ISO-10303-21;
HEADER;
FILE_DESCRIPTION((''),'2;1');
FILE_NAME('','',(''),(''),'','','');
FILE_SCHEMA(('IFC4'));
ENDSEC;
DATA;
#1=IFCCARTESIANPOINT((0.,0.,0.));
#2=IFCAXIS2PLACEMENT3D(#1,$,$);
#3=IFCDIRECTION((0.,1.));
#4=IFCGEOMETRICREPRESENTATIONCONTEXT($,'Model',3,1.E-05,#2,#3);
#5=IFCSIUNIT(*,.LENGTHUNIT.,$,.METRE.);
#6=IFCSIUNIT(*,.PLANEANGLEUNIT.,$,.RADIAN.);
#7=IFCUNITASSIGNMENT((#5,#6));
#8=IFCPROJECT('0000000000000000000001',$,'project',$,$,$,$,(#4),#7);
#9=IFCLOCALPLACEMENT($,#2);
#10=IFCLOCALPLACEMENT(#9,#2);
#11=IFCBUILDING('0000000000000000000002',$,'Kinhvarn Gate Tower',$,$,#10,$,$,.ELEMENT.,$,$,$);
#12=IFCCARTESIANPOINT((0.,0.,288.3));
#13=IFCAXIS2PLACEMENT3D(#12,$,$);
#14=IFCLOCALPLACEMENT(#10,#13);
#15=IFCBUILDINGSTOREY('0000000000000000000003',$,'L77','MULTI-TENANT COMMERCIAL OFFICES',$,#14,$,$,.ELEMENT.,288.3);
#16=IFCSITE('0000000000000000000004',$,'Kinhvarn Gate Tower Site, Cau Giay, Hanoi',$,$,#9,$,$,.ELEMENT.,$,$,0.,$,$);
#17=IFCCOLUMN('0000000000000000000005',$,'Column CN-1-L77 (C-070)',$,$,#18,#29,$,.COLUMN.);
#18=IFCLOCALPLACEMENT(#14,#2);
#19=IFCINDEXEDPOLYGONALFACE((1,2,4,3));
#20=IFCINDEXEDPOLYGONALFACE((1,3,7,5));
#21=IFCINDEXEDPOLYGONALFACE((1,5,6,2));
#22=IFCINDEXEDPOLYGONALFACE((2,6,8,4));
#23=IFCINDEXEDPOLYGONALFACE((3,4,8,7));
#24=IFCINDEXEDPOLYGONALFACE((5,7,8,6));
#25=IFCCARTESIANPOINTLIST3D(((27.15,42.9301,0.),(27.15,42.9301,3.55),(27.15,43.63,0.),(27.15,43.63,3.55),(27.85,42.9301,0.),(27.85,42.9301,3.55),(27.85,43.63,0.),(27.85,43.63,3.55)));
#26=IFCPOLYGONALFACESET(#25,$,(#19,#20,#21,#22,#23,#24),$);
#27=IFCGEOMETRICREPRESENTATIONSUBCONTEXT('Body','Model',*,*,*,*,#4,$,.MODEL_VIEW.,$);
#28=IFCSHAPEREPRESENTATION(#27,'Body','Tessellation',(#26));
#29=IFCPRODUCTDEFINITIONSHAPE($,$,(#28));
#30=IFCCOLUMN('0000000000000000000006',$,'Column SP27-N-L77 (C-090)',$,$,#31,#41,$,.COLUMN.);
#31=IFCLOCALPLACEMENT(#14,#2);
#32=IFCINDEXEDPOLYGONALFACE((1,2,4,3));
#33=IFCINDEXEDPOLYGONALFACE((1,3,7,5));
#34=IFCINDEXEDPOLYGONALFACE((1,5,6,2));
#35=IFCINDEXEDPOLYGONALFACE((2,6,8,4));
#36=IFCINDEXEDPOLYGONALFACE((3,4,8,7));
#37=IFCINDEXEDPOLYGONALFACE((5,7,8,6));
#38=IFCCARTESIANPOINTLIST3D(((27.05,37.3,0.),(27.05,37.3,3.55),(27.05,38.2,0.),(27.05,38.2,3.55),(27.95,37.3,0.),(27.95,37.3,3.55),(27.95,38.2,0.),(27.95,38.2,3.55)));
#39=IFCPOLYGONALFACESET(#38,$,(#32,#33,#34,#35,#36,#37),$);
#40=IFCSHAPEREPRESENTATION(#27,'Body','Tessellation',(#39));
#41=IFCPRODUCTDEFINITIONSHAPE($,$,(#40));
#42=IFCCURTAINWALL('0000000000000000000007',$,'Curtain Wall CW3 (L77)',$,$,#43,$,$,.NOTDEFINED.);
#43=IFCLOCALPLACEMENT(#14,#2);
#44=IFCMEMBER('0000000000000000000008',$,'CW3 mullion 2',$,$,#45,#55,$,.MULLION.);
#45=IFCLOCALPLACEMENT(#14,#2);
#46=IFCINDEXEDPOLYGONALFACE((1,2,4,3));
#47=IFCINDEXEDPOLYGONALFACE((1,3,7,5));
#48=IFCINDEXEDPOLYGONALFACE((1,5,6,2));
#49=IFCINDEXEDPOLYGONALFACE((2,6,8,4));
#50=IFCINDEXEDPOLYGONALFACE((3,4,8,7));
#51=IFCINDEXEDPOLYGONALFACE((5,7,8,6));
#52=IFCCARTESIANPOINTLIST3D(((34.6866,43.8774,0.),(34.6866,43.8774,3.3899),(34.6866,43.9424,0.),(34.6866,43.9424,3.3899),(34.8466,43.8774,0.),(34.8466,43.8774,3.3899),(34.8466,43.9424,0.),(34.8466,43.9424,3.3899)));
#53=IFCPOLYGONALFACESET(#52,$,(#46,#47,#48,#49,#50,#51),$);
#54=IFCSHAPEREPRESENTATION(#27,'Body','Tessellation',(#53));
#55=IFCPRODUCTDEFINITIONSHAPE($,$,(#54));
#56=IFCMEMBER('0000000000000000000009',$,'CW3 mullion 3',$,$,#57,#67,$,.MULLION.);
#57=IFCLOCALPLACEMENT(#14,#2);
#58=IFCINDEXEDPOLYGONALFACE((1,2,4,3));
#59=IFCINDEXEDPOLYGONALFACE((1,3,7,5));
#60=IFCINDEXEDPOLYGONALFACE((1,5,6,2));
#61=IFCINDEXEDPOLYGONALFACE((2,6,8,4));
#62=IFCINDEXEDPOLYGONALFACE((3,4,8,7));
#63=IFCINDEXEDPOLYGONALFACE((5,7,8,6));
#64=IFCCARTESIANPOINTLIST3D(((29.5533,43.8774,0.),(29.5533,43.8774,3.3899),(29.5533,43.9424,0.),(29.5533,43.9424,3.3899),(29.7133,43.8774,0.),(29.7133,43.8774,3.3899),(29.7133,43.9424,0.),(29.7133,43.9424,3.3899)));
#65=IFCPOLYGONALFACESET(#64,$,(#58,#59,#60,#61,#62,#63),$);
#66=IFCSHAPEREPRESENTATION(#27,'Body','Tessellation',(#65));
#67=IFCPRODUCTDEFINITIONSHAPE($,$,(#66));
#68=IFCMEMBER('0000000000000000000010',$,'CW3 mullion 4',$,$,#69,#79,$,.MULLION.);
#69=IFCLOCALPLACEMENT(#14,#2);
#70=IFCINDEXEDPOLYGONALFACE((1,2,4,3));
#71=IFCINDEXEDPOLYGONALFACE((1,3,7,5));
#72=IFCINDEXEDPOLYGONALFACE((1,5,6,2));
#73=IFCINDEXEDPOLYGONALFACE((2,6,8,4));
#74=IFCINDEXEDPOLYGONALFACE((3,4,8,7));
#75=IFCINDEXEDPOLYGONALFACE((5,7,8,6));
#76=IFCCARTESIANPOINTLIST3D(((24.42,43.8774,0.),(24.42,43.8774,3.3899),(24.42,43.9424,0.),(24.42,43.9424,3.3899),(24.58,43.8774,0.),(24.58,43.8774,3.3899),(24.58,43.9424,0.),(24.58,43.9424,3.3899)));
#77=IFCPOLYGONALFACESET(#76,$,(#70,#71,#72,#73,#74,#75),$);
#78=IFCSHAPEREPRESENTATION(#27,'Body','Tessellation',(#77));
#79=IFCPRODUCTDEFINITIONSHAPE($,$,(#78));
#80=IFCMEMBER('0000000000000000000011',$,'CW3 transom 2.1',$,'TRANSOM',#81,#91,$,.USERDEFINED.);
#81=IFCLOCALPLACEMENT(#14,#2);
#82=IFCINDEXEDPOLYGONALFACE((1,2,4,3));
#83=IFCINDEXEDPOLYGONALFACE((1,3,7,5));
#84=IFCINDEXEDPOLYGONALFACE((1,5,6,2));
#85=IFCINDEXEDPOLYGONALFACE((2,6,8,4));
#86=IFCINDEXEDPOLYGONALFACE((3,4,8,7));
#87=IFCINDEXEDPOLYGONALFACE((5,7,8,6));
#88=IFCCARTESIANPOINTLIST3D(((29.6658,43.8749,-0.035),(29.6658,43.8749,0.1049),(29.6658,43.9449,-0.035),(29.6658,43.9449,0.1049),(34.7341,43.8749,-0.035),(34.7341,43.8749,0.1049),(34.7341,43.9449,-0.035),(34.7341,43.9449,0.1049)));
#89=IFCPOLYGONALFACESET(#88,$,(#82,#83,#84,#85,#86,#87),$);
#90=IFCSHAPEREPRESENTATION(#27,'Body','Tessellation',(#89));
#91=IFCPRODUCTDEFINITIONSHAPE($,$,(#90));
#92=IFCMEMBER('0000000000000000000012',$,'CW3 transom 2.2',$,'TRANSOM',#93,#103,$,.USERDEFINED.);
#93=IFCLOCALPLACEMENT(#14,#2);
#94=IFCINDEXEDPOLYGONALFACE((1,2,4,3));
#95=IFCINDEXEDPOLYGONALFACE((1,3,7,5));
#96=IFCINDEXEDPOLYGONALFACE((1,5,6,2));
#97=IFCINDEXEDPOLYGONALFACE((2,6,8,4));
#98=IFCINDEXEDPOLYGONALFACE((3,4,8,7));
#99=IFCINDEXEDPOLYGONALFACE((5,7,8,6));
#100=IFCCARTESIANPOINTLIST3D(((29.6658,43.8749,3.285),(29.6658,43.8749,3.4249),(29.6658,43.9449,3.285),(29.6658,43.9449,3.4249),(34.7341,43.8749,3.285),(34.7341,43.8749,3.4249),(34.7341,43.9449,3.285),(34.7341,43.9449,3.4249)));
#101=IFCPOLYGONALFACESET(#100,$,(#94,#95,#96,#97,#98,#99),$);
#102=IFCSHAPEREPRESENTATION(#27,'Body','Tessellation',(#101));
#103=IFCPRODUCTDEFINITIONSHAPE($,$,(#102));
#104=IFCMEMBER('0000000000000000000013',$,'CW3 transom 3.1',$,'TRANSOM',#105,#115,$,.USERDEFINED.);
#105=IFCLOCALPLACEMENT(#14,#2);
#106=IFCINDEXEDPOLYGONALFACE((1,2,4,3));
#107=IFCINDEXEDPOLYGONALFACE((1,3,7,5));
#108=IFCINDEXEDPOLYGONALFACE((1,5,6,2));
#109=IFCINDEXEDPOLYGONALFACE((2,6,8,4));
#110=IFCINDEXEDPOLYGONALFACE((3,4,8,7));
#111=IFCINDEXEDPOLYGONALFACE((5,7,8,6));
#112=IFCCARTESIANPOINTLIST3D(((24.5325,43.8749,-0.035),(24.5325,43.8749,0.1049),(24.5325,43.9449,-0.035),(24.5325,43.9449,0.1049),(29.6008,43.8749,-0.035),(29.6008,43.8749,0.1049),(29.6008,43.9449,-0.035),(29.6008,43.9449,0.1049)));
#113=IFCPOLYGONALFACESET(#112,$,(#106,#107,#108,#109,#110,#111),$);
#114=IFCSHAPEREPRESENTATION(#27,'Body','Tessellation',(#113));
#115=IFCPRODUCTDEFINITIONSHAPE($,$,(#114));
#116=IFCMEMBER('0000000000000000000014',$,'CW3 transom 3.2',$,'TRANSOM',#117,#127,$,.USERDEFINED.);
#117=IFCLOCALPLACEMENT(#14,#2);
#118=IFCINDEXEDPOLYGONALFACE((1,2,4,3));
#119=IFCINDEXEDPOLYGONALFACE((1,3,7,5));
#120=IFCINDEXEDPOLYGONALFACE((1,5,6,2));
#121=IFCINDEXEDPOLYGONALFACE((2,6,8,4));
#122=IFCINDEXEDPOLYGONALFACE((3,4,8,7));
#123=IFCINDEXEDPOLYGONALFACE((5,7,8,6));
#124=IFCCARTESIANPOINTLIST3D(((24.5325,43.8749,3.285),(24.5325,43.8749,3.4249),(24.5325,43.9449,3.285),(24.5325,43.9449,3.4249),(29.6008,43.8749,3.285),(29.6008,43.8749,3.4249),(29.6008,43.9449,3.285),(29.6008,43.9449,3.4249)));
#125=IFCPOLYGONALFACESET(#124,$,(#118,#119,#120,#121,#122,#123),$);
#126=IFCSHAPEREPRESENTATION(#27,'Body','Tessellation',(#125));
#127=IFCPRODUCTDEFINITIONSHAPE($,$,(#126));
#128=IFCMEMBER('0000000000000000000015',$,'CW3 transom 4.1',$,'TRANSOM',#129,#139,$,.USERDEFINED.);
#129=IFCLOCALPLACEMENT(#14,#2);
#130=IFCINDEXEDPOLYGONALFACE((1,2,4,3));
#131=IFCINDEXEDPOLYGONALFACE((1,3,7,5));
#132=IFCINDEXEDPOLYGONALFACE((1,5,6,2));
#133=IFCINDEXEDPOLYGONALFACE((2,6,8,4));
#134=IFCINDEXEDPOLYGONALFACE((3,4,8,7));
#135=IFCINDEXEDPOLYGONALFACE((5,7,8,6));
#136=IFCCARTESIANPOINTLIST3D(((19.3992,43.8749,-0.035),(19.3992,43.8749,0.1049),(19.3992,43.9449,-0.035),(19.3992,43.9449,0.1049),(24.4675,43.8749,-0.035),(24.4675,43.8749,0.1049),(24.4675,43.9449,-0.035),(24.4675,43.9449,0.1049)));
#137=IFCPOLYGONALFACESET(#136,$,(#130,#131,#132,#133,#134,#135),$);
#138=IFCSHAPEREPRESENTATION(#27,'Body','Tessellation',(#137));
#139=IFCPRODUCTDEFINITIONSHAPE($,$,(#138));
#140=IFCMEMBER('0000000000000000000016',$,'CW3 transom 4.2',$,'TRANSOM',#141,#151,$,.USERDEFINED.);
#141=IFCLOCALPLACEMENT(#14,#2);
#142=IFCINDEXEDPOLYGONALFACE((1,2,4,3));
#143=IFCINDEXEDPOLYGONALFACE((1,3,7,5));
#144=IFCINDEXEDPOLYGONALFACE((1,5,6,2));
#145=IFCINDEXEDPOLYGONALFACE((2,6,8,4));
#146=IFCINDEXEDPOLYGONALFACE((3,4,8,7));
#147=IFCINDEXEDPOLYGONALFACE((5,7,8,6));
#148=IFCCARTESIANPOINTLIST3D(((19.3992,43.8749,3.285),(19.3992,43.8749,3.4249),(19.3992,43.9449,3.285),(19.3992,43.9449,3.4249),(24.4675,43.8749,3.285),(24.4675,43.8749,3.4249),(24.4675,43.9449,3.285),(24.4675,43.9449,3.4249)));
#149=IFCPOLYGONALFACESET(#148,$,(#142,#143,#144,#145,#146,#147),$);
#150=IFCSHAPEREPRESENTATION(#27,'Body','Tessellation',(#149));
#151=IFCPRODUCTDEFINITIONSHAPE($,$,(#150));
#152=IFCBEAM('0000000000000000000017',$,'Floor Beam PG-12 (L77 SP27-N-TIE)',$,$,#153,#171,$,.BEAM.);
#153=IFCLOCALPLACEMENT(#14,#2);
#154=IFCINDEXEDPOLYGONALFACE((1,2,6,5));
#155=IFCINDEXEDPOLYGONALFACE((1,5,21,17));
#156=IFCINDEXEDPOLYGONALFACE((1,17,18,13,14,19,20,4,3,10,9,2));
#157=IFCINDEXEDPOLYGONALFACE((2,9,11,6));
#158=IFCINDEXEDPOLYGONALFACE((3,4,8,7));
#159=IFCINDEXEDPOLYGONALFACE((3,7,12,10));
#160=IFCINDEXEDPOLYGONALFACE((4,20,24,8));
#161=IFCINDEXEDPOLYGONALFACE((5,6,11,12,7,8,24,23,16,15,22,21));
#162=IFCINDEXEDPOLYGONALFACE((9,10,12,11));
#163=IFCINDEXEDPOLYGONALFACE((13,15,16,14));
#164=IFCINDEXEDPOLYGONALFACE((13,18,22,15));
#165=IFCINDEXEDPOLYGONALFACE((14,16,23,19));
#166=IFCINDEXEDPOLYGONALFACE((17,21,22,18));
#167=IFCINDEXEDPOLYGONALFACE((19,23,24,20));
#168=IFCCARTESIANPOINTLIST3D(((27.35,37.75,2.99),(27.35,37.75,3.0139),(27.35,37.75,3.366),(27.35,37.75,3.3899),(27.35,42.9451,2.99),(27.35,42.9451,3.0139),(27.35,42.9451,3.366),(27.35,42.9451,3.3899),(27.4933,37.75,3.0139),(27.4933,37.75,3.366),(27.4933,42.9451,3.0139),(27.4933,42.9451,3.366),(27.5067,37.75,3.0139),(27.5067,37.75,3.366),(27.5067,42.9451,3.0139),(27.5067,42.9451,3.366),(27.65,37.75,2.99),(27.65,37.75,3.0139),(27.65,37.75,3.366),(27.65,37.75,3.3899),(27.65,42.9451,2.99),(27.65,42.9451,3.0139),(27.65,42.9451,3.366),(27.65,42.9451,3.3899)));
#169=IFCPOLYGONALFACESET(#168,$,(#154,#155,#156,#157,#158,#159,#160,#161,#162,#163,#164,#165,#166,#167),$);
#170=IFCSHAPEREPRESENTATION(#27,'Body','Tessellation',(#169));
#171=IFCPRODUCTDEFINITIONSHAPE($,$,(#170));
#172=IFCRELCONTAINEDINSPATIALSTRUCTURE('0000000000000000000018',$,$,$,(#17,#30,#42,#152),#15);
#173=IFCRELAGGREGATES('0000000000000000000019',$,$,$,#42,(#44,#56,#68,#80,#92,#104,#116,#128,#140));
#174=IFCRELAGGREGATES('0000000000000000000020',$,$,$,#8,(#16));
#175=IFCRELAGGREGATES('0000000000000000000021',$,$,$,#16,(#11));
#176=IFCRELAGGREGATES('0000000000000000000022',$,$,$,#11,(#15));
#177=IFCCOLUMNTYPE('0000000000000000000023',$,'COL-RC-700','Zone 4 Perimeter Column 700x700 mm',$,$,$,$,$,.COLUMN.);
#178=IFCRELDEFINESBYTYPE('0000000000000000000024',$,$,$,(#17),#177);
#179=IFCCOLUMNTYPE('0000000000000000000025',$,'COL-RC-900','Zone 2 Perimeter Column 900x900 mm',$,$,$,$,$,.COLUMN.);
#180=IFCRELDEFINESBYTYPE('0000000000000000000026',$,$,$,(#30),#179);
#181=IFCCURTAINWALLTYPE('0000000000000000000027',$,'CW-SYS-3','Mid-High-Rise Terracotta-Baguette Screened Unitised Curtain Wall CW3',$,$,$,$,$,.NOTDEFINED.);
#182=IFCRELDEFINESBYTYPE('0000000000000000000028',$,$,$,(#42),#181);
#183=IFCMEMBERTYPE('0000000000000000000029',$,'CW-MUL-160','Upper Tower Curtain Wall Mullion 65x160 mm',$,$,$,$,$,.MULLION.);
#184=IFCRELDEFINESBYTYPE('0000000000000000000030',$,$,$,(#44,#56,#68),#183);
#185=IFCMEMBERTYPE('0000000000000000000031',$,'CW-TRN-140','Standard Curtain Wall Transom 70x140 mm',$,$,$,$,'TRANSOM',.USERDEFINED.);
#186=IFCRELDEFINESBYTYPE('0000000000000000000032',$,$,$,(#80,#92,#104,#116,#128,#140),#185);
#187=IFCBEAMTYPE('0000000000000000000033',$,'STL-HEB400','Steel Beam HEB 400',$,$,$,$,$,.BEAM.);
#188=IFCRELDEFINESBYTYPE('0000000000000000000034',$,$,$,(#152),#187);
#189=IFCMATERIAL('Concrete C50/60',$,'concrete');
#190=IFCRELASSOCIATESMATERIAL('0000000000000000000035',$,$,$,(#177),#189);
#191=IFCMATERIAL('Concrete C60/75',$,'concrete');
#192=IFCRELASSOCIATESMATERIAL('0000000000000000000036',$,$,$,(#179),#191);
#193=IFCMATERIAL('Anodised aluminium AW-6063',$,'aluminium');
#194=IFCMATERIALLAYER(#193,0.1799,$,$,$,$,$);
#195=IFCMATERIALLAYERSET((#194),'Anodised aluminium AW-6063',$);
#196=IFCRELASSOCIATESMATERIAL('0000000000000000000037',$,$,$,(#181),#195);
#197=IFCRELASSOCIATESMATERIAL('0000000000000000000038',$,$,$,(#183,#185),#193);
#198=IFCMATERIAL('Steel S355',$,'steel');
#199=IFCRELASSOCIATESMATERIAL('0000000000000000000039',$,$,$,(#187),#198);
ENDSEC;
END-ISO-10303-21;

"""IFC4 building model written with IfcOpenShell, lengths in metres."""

from ifc_helpers import new_model, si_unit, direction, frame, origin, origin_2d, place, context, subcontext, project, spatial, rectangle, i_section, extrude, material, layer, layer_set, material_profile, profile_set, type_object, element, aggregate, save


model = new_model("IFC4")

# Units and contexts
model_context = context("Model", 3, precision=1e-05, world=origin(), true_north=direction((0.0, 1.0)))
body_context = subcontext(model_context, "Body", "Model", "MODEL_VIEW")
ifc_project = project(units=[si_unit("LENGTHUNIT", "METRE"), si_unit("PLANEANGLEUNIT", "RADIAN")], contexts=[model_context])

# Site, building, storey
site_placement = place(None, origin())
site = spatial("IfcSite", under=ifc_project, at=site_placement, Name="Kinhvarn Gate Tower Site, Cau Giay, Hanoi", CompositionType="ELEMENT", RefElevation=0.0)
building_placement = place(site_placement, origin())
building = spatial("IfcBuilding", under=site, at=building_placement, Name="Kinhvarn Gate Tower", CompositionType="ELEMENT")
storey_placement = place(building_placement, frame((0.0, 0.0, 288.3)))
storey = spatial("IfcBuildingStorey", under=building, at=storey_placement, Name="L77", Description="MULTI-TENANT COMMERCIAL OFFICES", CompositionType="ELEMENT", Elevation=288.3)

# Columns
ifc_material_1 = material(Name="Concrete C50/60", Category="concrete")
ifc_material_profile_1 = material_profile(ifc_material_1, rectangle(XDim=0.7, YDim=0.7, at=origin_2d()), Name="RC 700x700")
ifc_profile_set_1 = profile_set([ifc_material_profile_1], Name="Concrete C50/60")
column_type_1 = type_object("IfcColumnType", Name="COL-RC-700", Description="Zone 4 Perimeter Column 700x700 mm", PredefinedType="COLUMN", material=ifc_profile_set_1)
column_1_placement = place(storey_placement, frame((27.5, 43.28, 0.0), z_axis=(0.0, 0.0, 1.0), x_axis=(1.0, 0.0, 0.0)))
element("IfcColumn", 1, at=column_1_placement, inside=storey, type_object=column_type_1, Name="Column CN-1-L77 (C-070)", PredefinedType="COLUMN", context=body_context, shape_type="SweptSolid", body=[
    extrude(rectangle(XDim=0.7, YDim=0.7, at=origin_2d()), origin(), (0.0, 0.0, 1.0), 3.55),
])
ifc_material_2 = material(Name="Concrete C60/75", Category="concrete")
ifc_material_profile_2 = material_profile(ifc_material_2, rectangle(XDim=0.8999, YDim=0.8999, at=origin_2d()), Name="RC 900x900")
ifc_profile_set_2 = profile_set([ifc_material_profile_2], Name="Concrete C60/75")
column_type_2 = type_object("IfcColumnType", Name="COL-RC-900", Description="Zone 2 Perimeter Column 900x900 mm", PredefinedType="COLUMN", material=ifc_profile_set_2)
column_2_placement = place(storey_placement, frame((27.5, 37.75, 0.0), z_axis=(0.0, 0.0, 1.0), x_axis=(1.0, 0.0, 0.0)))
element("IfcColumn", 2, at=column_2_placement, inside=storey, type_object=column_type_2, Name="Column SP27-N-L77 (C-090)", PredefinedType="COLUMN", context=body_context, shape_type="SweptSolid", body=[
    extrude(rectangle(XDim=0.8999, YDim=0.8999, at=origin_2d()), origin(), (0.0, 0.0, 1.0), 3.55),
])

# Curtain wall, members
ifc_material_3 = material(Name="Anodised aluminium AW-6063", Category="aluminium")
ifc_layer_1 = layer(ifc_material_3, 0.1799)
ifc_layer_set_1 = layer_set([ifc_layer_1], Name="Anodised aluminium AW-6063")
curtain_wall_type = type_object("IfcCurtainWallType", Name="CW-SYS-3", Description="Mid-High-Rise Terracotta-Baguette Screened Unitised Curtain Wall CW3", PredefinedType="NOTDEFINED", material=ifc_layer_set_1)
curtain_wall_placement = place(storey_placement, origin())
curtain_wall = element("IfcCurtainWall", 3, at=curtain_wall_placement, inside=storey, type_object=curtain_wall_type, Name="Curtain Wall CW3 (L77)", PredefinedType="NOTDEFINED")
ifc_material_profile_3 = material_profile(ifc_material_3, rectangle(XDim=0.0649, YDim=0.1599, at=origin_2d()), Name="ALU 65x160")
ifc_profile_set_3 = profile_set([ifc_material_profile_3], Name="Anodised aluminium AW-6063")
member_type_1 = type_object("IfcMemberType", Name="CW-MUL-160", Description="Upper Tower Curtain Wall Mullion 65x160 mm", PredefinedType="MULLION", material=ifc_profile_set_3)
member_1_placement = place(storey_placement, frame((34.7666, 43.9099, 0.0), z_axis=(0.0, 0.0, 1.0), x_axis=(0.0, -1.0, 0.0)))
member_1 = element("IfcMember", 4, at=member_1_placement, type_object=member_type_1, Name="CW3 mullion 2", PredefinedType="MULLION", context=body_context, shape_type="SweptSolid", body=[
    extrude(rectangle(XDim=0.0649, YDim=0.1599, at=origin_2d()), origin(), (0.0, 0.0, 1.0), 3.3899),
])
member_2_placement = place(storey_placement, frame((29.6333, 43.9099, 0.0), z_axis=(0.0, 0.0, 1.0), x_axis=(0.0, -1.0, 0.0)))
member_2 = element("IfcMember", 5, at=member_2_placement, type_object=member_type_1, Name="CW3 mullion 3", PredefinedType="MULLION", context=body_context, shape_type="SweptSolid", body=[
    extrude(rectangle(XDim=0.0649, YDim=0.1599, at=origin_2d()), origin(), (0.0, 0.0, 1.0), 3.3899),
])
member_3_placement = place(storey_placement, frame((24.5, 43.9099, 0.0), z_axis=(0.0, 0.0, 1.0), x_axis=(0.0, -1.0, 0.0)))
member_3 = element("IfcMember", 6, at=member_3_placement, type_object=member_type_1, Name="CW3 mullion 4", PredefinedType="MULLION", context=body_context, shape_type="SweptSolid", body=[
    extrude(rectangle(XDim=0.0649, YDim=0.1599, at=origin_2d()), origin(), (0.0, 0.0, 1.0), 3.3899),
])
ifc_material_profile_4 = material_profile(ifc_material_3, rectangle(XDim=0.0701, YDim=0.1399, at=origin_2d()), Name="ALU 70x140")
ifc_profile_set_4 = profile_set([ifc_material_profile_4], Name="Anodised aluminium AW-6063")
member_type_2 = type_object("IfcMemberType", Name="CW-TRN-140", Description="Standard Curtain Wall Transom 70x140 mm", ElementType="TRANSOM", PredefinedType="USERDEFINED", material=ifc_profile_set_4)
member_4_placement = place(storey_placement, frame((34.7341, 43.9099, 0.0349), z_axis=(-1.0, 0.0, 0.0), x_axis=(0.0, -1.0, 0.0)))
member_4 = element("IfcMember", 7, at=member_4_placement, type_object=member_type_2, Name="CW3 transom 2.1", ObjectType="TRANSOM", PredefinedType="USERDEFINED", context=body_context, shape_type="SweptSolid", body=[
    extrude(rectangle(XDim=0.0701, YDim=0.1399, at=origin_2d()), origin(), (0.0, 0.0, 1.0), 5.0684),
])
member_5_placement = place(storey_placement, frame((34.7341, 43.9099, 3.355), z_axis=(-1.0, 0.0, 0.0), x_axis=(0.0, -1.0, 0.0)))
member_5 = element("IfcMember", 8, at=member_5_placement, type_object=member_type_2, Name="CW3 transom 2.2", ObjectType="TRANSOM", PredefinedType="USERDEFINED", context=body_context, shape_type="SweptSolid", body=[
    extrude(rectangle(XDim=0.0701, YDim=0.1399, at=origin_2d()), origin(), (0.0, 0.0, 1.0), 5.0684),
])
member_6_placement = place(storey_placement, frame((29.6008, 43.9099, 0.0349), z_axis=(-1.0, 0.0, 0.0), x_axis=(0.0, -1.0, 0.0)))
member_6 = element("IfcMember", 9, at=member_6_placement, type_object=member_type_2, Name="CW3 transom 3.1", ObjectType="TRANSOM", PredefinedType="USERDEFINED", context=body_context, shape_type="SweptSolid", body=[
    extrude(rectangle(XDim=0.0701, YDim=0.1399, at=origin_2d()), origin(), (0.0, 0.0, 1.0), 5.0684),
])
member_7_placement = place(storey_placement, frame((29.6008, 43.9099, 3.355), z_axis=(-1.0, 0.0, 0.0), x_axis=(0.0, -1.0, 0.0)))
member_7 = element("IfcMember", 10, at=member_7_placement, type_object=member_type_2, Name="CW3 transom 3.2", ObjectType="TRANSOM", PredefinedType="USERDEFINED", context=body_context, shape_type="SweptSolid", body=[
    extrude(rectangle(XDim=0.0701, YDim=0.1399, at=origin_2d()), origin(), (0.0, 0.0, 1.0), 5.0684),
])
member_8_placement = place(storey_placement, frame((24.4675, 43.9099, 0.0349), z_axis=(-1.0, 0.0, 0.0), x_axis=(0.0, -1.0, 0.0)))
member_8 = element("IfcMember", 11, at=member_8_placement, type_object=member_type_2, Name="CW3 transom 4.1", ObjectType="TRANSOM", PredefinedType="USERDEFINED", context=body_context, shape_type="SweptSolid", body=[
    extrude(rectangle(XDim=0.0701, YDim=0.1399, at=origin_2d()), origin(), (0.0, 0.0, 1.0), 5.0684),
])
member_9_placement = place(storey_placement, frame((24.4675, 43.9099, 3.355), z_axis=(-1.0, 0.0, 0.0), x_axis=(0.0, -1.0, 0.0)))
member_9 = element("IfcMember", 12, at=member_9_placement, type_object=member_type_2, Name="CW3 transom 4.2", ObjectType="TRANSOM", PredefinedType="USERDEFINED", context=body_context, shape_type="SweptSolid", body=[
    extrude(rectangle(XDim=0.0701, YDim=0.1399, at=origin_2d()), origin(), (0.0, 0.0, 1.0), 5.0684),
])

# Beam
ifc_material_4 = material(Name="Steel S355", Category="steel")
ifc_material_profile_5 = material_profile(ifc_material_4, i_section(OverallWidth=0.3, OverallDepth=0.3999, WebThickness=0.0134, FlangeThickness=0.0239, at=origin_2d()), Name="HEB 400")
ifc_profile_set_5 = profile_set([ifc_material_profile_5], Name="Steel S355")
beam_type_1 = type_object("IfcBeamType", Name="STL-HEB400", Description="Steel Beam HEB 400", PredefinedType="BEAM", material=ifc_profile_set_5)
beam_1_placement = place(storey_placement, frame((27.5, 37.75, 3.1899), z_axis=(0.0, 1.0, 0.0), x_axis=(-1.0, 0.0, 0.0)))
element("IfcBeam", 13, at=beam_1_placement, inside=storey, type_object=beam_type_1, Name="Floor Beam PG-12 (L77 SP27-N-TIE)", PredefinedType="BEAM", context=body_context, shape_type="SweptSolid", body=[
    extrude(i_section(OverallWidth=0.3, OverallDepth=0.3999, WebThickness=0.0134, FlangeThickness=0.0239, at=origin_2d()), origin(), (0.0, 0.0, 1.0), 5.1951),
])

aggregate(curtain_wall, [member_1, member_2, member_3, member_4, member_5, member_6, member_7, member_8, member_9])

save(model, "model.ifc")
